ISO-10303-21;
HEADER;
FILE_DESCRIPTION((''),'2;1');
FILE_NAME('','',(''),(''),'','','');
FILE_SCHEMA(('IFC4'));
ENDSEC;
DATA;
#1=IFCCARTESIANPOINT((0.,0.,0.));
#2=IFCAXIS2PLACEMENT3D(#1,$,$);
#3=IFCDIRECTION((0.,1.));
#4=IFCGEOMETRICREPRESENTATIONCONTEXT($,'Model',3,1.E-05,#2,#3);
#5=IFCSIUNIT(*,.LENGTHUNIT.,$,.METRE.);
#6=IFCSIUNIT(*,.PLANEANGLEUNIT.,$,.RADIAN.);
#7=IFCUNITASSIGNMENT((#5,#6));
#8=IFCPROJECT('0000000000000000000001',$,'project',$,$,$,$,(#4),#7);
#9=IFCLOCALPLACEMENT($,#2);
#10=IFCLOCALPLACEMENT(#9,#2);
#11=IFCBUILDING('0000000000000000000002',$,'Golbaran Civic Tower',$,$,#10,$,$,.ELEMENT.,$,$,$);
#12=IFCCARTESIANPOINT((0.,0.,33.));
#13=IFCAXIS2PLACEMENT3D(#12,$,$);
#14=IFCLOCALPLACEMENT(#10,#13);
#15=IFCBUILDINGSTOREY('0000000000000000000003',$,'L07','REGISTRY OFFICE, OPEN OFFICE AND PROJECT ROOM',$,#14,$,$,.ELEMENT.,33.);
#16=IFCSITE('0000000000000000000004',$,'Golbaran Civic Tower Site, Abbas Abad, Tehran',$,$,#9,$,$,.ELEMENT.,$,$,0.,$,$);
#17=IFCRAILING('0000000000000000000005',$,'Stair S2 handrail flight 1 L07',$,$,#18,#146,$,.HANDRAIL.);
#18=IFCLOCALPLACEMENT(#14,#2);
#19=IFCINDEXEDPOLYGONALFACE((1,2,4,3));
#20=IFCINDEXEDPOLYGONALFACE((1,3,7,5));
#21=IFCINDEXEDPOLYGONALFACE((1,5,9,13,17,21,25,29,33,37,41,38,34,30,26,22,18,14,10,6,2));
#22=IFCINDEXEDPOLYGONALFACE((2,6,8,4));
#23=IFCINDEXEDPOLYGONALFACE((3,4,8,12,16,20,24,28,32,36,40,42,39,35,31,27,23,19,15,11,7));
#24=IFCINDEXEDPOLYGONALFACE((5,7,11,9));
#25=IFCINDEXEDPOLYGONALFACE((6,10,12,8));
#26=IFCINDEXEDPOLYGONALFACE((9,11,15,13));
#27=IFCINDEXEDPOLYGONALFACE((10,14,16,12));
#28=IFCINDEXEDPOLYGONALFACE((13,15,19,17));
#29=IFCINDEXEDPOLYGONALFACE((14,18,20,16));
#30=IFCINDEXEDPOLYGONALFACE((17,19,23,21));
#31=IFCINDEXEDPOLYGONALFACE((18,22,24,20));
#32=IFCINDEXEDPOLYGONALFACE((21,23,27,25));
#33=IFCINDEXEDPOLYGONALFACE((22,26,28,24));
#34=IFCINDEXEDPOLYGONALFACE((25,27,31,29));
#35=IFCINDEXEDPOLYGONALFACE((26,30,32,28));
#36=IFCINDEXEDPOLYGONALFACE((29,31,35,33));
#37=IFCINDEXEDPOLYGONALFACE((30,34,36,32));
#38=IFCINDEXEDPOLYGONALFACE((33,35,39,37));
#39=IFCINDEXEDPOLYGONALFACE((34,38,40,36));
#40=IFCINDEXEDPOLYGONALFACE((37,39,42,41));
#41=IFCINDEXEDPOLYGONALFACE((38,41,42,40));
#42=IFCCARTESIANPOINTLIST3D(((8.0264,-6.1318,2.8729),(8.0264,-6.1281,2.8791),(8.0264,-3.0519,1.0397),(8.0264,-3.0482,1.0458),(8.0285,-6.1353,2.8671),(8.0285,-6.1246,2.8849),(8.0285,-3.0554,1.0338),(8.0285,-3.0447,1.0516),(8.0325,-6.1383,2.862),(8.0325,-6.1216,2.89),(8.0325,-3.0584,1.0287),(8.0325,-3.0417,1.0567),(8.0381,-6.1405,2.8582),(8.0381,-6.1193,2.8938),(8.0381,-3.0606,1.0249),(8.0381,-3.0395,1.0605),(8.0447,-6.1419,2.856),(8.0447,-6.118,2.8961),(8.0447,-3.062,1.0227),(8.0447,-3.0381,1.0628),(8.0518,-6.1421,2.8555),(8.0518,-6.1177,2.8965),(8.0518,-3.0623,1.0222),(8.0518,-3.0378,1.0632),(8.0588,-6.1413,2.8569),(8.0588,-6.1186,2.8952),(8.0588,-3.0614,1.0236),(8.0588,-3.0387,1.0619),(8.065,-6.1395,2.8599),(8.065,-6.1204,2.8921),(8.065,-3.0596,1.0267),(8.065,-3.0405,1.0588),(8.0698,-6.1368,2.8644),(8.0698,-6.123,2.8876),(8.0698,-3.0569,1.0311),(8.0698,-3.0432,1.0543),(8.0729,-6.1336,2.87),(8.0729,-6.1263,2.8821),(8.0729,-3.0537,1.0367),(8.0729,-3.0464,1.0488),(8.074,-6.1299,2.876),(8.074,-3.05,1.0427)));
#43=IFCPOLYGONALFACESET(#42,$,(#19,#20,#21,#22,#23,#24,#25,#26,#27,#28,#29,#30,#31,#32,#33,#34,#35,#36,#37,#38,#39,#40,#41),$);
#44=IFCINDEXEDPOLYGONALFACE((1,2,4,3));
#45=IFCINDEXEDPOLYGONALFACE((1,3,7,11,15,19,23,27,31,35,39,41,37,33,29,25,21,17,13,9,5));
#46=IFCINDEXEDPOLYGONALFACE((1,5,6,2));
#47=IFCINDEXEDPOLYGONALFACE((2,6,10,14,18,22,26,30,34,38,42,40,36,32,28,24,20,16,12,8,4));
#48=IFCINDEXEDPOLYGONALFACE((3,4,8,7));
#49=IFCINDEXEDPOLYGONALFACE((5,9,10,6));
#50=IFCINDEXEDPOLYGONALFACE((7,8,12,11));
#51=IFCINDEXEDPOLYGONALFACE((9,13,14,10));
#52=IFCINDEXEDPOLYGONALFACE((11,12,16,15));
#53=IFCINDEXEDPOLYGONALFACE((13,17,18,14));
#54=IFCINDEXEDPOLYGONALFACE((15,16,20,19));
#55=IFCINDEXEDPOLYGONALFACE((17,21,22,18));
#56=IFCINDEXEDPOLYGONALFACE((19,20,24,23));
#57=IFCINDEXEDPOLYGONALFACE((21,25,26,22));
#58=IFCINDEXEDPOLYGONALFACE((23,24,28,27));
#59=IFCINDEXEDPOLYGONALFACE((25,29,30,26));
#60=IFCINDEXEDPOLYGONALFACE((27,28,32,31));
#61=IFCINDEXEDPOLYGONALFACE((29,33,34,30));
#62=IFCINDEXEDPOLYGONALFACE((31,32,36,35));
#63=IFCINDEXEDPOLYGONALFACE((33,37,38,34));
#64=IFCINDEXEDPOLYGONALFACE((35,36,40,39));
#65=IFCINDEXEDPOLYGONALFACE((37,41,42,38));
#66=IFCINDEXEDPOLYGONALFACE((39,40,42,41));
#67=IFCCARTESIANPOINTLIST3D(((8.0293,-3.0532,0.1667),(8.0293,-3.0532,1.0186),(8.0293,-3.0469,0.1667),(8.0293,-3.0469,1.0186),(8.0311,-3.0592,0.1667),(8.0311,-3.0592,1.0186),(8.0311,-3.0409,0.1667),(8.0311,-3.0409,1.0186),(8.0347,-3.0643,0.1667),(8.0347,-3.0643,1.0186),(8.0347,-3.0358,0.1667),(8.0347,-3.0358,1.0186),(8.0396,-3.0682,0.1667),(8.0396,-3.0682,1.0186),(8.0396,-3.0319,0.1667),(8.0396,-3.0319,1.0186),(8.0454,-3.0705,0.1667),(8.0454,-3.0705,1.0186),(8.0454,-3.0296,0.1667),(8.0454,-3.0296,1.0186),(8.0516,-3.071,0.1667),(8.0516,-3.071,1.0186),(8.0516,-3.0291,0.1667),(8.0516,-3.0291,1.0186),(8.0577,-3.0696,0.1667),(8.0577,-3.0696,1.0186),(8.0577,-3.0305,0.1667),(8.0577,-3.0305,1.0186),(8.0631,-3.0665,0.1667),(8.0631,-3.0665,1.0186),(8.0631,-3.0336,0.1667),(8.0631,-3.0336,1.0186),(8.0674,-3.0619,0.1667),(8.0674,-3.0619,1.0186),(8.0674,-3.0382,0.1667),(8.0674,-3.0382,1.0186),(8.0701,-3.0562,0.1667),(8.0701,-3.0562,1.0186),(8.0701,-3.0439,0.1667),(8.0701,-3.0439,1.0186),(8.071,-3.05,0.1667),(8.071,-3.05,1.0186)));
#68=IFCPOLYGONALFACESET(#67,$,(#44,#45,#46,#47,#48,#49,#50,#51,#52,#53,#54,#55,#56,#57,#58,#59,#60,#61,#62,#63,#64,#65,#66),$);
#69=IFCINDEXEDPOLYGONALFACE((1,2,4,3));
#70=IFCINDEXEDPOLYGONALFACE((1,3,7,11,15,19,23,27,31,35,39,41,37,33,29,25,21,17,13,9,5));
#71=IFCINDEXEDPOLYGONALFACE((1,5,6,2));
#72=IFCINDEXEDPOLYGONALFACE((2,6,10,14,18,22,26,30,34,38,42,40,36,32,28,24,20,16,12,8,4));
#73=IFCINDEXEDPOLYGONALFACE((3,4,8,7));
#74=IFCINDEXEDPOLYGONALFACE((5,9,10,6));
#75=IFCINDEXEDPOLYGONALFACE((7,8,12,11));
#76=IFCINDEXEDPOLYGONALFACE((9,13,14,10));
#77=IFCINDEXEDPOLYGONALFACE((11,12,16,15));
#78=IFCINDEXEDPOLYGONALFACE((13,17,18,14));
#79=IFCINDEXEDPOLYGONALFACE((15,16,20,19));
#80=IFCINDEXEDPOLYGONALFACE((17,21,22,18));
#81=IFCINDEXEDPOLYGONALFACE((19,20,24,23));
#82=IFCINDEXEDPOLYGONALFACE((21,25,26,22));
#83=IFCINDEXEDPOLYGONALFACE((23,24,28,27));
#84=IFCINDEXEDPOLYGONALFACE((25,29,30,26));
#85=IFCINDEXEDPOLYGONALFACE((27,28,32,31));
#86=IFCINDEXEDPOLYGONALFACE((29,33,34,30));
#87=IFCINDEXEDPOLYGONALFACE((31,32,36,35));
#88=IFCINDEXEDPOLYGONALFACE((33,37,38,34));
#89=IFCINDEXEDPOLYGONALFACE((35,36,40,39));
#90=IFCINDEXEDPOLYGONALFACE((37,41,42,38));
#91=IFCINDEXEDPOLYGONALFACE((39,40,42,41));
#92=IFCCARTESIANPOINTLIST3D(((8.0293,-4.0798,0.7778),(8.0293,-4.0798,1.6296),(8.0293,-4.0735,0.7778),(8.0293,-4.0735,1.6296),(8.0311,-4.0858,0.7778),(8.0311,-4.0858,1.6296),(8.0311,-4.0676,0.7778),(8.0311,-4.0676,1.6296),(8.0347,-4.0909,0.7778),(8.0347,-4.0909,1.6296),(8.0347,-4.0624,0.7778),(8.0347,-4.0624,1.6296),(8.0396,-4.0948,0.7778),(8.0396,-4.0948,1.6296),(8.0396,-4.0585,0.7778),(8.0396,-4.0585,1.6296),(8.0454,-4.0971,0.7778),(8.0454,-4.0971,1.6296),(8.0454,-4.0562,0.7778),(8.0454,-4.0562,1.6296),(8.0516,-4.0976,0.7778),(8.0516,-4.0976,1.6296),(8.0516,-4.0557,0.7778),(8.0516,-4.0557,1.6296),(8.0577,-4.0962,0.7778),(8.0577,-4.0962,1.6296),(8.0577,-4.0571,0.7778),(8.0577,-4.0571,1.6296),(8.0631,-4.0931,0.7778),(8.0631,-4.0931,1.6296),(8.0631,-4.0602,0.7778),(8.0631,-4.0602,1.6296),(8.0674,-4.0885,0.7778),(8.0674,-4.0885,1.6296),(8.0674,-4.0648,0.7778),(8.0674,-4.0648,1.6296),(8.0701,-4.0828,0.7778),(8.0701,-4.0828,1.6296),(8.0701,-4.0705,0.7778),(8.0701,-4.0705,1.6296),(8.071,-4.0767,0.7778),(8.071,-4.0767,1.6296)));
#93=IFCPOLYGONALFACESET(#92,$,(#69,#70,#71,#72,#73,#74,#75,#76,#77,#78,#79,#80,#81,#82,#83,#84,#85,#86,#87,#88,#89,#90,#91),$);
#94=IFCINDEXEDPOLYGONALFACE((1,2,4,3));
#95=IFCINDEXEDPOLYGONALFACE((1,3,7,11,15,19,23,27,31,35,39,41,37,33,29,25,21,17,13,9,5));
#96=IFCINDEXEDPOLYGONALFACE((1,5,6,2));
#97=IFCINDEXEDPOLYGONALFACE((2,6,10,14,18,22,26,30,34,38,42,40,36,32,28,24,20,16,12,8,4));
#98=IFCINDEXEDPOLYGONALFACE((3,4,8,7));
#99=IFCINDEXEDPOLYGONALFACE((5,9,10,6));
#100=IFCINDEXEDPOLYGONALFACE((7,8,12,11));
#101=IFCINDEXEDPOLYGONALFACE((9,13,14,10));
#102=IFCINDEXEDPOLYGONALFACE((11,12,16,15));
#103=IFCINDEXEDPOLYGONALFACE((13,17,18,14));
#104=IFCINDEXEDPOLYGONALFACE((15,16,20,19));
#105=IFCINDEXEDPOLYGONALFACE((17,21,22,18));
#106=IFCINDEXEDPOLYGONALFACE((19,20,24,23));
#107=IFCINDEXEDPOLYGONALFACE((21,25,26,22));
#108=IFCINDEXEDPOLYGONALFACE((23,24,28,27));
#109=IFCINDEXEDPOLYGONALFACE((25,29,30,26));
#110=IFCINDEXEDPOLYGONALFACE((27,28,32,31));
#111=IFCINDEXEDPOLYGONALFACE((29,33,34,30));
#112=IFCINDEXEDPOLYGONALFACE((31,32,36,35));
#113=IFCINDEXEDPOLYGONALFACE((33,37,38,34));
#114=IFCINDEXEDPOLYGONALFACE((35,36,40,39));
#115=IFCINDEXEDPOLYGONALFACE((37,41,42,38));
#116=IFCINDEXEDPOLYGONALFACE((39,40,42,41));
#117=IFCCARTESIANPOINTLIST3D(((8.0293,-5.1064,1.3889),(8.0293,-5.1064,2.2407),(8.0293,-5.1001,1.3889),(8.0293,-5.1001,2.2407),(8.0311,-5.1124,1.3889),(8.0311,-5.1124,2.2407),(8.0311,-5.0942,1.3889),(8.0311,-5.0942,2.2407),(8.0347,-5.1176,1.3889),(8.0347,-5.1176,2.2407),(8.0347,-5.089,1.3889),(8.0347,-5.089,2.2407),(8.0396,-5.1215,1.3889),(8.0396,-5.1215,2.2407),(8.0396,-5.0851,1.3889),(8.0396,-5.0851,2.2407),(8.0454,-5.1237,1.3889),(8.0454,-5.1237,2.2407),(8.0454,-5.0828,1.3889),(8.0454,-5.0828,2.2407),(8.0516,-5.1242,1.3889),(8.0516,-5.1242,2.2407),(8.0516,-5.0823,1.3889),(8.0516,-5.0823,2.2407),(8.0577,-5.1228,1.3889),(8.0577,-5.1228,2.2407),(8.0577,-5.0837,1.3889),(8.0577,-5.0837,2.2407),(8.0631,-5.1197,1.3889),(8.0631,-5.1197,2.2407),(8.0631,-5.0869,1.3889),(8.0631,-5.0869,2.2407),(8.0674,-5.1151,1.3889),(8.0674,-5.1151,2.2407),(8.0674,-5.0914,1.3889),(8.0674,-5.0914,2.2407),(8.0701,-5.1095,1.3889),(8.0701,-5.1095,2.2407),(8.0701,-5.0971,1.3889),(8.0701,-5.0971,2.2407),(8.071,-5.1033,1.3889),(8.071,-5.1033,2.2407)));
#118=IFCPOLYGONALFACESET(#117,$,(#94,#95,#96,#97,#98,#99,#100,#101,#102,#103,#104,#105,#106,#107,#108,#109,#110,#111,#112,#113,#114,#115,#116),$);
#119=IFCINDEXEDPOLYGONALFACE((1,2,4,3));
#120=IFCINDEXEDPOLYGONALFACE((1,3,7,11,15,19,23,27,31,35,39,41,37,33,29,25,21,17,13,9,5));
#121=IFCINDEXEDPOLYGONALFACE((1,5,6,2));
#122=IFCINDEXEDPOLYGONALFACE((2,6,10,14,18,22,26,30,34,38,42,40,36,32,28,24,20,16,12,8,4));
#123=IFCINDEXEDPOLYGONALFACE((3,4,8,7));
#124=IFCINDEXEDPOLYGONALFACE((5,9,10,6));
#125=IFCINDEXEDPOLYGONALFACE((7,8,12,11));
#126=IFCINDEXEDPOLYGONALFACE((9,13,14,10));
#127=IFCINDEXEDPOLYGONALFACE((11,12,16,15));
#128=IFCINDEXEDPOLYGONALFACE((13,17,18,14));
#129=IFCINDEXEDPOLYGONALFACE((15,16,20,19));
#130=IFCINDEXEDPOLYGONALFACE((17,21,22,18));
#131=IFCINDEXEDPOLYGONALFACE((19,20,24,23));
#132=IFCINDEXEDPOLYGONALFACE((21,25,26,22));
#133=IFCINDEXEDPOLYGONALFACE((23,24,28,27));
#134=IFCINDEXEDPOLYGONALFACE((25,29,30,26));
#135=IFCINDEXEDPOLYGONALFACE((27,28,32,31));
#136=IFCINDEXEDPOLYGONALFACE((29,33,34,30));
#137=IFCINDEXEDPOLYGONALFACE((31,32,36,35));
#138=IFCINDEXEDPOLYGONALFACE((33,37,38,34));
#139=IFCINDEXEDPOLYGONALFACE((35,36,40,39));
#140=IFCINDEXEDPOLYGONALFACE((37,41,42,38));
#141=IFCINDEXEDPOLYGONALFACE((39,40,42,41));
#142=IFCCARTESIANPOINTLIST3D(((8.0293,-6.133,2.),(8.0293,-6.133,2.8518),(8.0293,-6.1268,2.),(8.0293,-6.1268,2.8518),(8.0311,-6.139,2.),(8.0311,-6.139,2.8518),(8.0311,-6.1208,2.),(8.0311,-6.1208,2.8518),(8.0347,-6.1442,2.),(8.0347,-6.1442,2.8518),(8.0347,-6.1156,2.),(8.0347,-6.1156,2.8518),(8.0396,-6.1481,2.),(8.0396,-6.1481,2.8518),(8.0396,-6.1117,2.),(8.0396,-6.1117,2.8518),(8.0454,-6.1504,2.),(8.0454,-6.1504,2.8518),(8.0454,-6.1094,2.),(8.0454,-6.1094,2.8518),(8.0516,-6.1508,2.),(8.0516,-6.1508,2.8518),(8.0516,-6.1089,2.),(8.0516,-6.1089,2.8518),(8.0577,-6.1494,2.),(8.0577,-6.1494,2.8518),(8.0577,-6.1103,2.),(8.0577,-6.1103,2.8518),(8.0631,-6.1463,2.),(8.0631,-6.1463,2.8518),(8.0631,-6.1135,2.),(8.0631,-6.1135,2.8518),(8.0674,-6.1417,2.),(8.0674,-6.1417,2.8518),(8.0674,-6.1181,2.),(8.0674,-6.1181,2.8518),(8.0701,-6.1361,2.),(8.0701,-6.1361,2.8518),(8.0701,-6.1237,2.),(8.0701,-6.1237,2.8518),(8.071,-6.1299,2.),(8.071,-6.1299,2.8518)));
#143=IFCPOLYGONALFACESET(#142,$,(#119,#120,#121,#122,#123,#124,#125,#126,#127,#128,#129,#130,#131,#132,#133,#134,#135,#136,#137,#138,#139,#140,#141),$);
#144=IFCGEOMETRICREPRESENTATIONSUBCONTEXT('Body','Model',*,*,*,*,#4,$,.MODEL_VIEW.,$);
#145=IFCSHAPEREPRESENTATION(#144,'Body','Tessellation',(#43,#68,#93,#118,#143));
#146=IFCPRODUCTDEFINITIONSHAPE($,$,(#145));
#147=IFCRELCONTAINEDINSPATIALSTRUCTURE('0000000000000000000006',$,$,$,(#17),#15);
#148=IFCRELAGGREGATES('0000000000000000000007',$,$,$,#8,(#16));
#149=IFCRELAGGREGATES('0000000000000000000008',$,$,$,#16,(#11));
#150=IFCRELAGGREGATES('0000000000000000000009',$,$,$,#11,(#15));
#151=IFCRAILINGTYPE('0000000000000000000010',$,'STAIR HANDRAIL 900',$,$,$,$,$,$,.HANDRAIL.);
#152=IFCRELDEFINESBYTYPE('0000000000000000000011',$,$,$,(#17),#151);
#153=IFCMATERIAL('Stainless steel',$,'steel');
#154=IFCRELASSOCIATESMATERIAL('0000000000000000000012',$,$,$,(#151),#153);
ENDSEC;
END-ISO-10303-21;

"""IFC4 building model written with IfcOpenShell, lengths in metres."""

from ifc_helpers import new_model, si_unit, direction, frame, origin, origin_2d, place, context, subcontext, project, spatial, circle, extrude, material, type_object, element, save


model = new_model("IFC4")

# Units and contexts
model_context = context("Model", 3, precision=1e-05, world=origin(), true_north=direction((0.0, 1.0)))
body_context = subcontext(model_context, "Body", "Model", "MODEL_VIEW")
ifc_project = project(units=[si_unit("LENGTHUNIT", "METRE"), si_unit("PLANEANGLEUNIT", "RADIAN")], contexts=[model_context])

# Site, building, storey
site_placement = place(None, origin())
site = spatial("IfcSite", under=ifc_project, at=site_placement, Name="Golbaran Civic Tower Site, Abbas Abad, Tehran", CompositionType="ELEMENT", RefElevation=0.0)
building_placement = place(site_placement, origin())
building = spatial("IfcBuilding", under=site, at=building_placement, Name="Golbaran Civic Tower", CompositionType="ELEMENT")
storey_placement = place(building_placement, frame((0.0, 0.0, 33.0)))
storey = spatial("IfcBuildingStorey", under=building, at=storey_placement, Name="L07", Description="REGISTRY OFFICE, OPEN OFFICE AND PROJECT ROOM", CompositionType="ELEMENT", Elevation=33.0)

# Shared definitions
ifc_material_1 = material(Name="Stainless steel", Category="steel")

# Railing
railing_type = type_object("IfcRailingType", Name="STAIR HANDRAIL 900", PredefinedType="HANDRAIL", material=ifc_material_1)
railing_1_placement = place(storey_placement, frame((8.05, -3.05, 0.1667)))
element("IfcRailing", 1, at=railing_1_placement, inside=storey, type_object=railing_type, Name="Stair S2 handrail flight 1 L07", PredefinedType="HANDRAIL", context=body_context, shape_type="SweptSolid", body=[
    extrude(circle(Radius=0.0239, at=origin_2d()), frame((0.0, 0.0, 0.876), z_axis=(0.0, -0.859291, 0.511487), x_axis=(1.0, 0.0, 0.0)), (0.0, 0.0, 1.0), 3.5842),
    extrude(circle(Radius=0.021, at=origin_2d()), origin(), (0.0, 0.0, 1.0), 0.8518),
    extrude(circle(Radius=0.021, at=origin_2d()), frame((0.0, -1.0266, 0.6111)), (0.0, 0.0, 1.0), 0.8518),
    extrude(circle(Radius=0.021, at=origin_2d()), frame((0.0, -2.0532, 1.2222)), (0.0, 0.0, 1.0), 0.8518),
    extrude(circle(Radius=0.021, at=origin_2d()), frame((0.0, -3.0798, 1.8333)), (0.0, 0.0, 1.0), 0.8518),
])

save(model, "model.ifc")
